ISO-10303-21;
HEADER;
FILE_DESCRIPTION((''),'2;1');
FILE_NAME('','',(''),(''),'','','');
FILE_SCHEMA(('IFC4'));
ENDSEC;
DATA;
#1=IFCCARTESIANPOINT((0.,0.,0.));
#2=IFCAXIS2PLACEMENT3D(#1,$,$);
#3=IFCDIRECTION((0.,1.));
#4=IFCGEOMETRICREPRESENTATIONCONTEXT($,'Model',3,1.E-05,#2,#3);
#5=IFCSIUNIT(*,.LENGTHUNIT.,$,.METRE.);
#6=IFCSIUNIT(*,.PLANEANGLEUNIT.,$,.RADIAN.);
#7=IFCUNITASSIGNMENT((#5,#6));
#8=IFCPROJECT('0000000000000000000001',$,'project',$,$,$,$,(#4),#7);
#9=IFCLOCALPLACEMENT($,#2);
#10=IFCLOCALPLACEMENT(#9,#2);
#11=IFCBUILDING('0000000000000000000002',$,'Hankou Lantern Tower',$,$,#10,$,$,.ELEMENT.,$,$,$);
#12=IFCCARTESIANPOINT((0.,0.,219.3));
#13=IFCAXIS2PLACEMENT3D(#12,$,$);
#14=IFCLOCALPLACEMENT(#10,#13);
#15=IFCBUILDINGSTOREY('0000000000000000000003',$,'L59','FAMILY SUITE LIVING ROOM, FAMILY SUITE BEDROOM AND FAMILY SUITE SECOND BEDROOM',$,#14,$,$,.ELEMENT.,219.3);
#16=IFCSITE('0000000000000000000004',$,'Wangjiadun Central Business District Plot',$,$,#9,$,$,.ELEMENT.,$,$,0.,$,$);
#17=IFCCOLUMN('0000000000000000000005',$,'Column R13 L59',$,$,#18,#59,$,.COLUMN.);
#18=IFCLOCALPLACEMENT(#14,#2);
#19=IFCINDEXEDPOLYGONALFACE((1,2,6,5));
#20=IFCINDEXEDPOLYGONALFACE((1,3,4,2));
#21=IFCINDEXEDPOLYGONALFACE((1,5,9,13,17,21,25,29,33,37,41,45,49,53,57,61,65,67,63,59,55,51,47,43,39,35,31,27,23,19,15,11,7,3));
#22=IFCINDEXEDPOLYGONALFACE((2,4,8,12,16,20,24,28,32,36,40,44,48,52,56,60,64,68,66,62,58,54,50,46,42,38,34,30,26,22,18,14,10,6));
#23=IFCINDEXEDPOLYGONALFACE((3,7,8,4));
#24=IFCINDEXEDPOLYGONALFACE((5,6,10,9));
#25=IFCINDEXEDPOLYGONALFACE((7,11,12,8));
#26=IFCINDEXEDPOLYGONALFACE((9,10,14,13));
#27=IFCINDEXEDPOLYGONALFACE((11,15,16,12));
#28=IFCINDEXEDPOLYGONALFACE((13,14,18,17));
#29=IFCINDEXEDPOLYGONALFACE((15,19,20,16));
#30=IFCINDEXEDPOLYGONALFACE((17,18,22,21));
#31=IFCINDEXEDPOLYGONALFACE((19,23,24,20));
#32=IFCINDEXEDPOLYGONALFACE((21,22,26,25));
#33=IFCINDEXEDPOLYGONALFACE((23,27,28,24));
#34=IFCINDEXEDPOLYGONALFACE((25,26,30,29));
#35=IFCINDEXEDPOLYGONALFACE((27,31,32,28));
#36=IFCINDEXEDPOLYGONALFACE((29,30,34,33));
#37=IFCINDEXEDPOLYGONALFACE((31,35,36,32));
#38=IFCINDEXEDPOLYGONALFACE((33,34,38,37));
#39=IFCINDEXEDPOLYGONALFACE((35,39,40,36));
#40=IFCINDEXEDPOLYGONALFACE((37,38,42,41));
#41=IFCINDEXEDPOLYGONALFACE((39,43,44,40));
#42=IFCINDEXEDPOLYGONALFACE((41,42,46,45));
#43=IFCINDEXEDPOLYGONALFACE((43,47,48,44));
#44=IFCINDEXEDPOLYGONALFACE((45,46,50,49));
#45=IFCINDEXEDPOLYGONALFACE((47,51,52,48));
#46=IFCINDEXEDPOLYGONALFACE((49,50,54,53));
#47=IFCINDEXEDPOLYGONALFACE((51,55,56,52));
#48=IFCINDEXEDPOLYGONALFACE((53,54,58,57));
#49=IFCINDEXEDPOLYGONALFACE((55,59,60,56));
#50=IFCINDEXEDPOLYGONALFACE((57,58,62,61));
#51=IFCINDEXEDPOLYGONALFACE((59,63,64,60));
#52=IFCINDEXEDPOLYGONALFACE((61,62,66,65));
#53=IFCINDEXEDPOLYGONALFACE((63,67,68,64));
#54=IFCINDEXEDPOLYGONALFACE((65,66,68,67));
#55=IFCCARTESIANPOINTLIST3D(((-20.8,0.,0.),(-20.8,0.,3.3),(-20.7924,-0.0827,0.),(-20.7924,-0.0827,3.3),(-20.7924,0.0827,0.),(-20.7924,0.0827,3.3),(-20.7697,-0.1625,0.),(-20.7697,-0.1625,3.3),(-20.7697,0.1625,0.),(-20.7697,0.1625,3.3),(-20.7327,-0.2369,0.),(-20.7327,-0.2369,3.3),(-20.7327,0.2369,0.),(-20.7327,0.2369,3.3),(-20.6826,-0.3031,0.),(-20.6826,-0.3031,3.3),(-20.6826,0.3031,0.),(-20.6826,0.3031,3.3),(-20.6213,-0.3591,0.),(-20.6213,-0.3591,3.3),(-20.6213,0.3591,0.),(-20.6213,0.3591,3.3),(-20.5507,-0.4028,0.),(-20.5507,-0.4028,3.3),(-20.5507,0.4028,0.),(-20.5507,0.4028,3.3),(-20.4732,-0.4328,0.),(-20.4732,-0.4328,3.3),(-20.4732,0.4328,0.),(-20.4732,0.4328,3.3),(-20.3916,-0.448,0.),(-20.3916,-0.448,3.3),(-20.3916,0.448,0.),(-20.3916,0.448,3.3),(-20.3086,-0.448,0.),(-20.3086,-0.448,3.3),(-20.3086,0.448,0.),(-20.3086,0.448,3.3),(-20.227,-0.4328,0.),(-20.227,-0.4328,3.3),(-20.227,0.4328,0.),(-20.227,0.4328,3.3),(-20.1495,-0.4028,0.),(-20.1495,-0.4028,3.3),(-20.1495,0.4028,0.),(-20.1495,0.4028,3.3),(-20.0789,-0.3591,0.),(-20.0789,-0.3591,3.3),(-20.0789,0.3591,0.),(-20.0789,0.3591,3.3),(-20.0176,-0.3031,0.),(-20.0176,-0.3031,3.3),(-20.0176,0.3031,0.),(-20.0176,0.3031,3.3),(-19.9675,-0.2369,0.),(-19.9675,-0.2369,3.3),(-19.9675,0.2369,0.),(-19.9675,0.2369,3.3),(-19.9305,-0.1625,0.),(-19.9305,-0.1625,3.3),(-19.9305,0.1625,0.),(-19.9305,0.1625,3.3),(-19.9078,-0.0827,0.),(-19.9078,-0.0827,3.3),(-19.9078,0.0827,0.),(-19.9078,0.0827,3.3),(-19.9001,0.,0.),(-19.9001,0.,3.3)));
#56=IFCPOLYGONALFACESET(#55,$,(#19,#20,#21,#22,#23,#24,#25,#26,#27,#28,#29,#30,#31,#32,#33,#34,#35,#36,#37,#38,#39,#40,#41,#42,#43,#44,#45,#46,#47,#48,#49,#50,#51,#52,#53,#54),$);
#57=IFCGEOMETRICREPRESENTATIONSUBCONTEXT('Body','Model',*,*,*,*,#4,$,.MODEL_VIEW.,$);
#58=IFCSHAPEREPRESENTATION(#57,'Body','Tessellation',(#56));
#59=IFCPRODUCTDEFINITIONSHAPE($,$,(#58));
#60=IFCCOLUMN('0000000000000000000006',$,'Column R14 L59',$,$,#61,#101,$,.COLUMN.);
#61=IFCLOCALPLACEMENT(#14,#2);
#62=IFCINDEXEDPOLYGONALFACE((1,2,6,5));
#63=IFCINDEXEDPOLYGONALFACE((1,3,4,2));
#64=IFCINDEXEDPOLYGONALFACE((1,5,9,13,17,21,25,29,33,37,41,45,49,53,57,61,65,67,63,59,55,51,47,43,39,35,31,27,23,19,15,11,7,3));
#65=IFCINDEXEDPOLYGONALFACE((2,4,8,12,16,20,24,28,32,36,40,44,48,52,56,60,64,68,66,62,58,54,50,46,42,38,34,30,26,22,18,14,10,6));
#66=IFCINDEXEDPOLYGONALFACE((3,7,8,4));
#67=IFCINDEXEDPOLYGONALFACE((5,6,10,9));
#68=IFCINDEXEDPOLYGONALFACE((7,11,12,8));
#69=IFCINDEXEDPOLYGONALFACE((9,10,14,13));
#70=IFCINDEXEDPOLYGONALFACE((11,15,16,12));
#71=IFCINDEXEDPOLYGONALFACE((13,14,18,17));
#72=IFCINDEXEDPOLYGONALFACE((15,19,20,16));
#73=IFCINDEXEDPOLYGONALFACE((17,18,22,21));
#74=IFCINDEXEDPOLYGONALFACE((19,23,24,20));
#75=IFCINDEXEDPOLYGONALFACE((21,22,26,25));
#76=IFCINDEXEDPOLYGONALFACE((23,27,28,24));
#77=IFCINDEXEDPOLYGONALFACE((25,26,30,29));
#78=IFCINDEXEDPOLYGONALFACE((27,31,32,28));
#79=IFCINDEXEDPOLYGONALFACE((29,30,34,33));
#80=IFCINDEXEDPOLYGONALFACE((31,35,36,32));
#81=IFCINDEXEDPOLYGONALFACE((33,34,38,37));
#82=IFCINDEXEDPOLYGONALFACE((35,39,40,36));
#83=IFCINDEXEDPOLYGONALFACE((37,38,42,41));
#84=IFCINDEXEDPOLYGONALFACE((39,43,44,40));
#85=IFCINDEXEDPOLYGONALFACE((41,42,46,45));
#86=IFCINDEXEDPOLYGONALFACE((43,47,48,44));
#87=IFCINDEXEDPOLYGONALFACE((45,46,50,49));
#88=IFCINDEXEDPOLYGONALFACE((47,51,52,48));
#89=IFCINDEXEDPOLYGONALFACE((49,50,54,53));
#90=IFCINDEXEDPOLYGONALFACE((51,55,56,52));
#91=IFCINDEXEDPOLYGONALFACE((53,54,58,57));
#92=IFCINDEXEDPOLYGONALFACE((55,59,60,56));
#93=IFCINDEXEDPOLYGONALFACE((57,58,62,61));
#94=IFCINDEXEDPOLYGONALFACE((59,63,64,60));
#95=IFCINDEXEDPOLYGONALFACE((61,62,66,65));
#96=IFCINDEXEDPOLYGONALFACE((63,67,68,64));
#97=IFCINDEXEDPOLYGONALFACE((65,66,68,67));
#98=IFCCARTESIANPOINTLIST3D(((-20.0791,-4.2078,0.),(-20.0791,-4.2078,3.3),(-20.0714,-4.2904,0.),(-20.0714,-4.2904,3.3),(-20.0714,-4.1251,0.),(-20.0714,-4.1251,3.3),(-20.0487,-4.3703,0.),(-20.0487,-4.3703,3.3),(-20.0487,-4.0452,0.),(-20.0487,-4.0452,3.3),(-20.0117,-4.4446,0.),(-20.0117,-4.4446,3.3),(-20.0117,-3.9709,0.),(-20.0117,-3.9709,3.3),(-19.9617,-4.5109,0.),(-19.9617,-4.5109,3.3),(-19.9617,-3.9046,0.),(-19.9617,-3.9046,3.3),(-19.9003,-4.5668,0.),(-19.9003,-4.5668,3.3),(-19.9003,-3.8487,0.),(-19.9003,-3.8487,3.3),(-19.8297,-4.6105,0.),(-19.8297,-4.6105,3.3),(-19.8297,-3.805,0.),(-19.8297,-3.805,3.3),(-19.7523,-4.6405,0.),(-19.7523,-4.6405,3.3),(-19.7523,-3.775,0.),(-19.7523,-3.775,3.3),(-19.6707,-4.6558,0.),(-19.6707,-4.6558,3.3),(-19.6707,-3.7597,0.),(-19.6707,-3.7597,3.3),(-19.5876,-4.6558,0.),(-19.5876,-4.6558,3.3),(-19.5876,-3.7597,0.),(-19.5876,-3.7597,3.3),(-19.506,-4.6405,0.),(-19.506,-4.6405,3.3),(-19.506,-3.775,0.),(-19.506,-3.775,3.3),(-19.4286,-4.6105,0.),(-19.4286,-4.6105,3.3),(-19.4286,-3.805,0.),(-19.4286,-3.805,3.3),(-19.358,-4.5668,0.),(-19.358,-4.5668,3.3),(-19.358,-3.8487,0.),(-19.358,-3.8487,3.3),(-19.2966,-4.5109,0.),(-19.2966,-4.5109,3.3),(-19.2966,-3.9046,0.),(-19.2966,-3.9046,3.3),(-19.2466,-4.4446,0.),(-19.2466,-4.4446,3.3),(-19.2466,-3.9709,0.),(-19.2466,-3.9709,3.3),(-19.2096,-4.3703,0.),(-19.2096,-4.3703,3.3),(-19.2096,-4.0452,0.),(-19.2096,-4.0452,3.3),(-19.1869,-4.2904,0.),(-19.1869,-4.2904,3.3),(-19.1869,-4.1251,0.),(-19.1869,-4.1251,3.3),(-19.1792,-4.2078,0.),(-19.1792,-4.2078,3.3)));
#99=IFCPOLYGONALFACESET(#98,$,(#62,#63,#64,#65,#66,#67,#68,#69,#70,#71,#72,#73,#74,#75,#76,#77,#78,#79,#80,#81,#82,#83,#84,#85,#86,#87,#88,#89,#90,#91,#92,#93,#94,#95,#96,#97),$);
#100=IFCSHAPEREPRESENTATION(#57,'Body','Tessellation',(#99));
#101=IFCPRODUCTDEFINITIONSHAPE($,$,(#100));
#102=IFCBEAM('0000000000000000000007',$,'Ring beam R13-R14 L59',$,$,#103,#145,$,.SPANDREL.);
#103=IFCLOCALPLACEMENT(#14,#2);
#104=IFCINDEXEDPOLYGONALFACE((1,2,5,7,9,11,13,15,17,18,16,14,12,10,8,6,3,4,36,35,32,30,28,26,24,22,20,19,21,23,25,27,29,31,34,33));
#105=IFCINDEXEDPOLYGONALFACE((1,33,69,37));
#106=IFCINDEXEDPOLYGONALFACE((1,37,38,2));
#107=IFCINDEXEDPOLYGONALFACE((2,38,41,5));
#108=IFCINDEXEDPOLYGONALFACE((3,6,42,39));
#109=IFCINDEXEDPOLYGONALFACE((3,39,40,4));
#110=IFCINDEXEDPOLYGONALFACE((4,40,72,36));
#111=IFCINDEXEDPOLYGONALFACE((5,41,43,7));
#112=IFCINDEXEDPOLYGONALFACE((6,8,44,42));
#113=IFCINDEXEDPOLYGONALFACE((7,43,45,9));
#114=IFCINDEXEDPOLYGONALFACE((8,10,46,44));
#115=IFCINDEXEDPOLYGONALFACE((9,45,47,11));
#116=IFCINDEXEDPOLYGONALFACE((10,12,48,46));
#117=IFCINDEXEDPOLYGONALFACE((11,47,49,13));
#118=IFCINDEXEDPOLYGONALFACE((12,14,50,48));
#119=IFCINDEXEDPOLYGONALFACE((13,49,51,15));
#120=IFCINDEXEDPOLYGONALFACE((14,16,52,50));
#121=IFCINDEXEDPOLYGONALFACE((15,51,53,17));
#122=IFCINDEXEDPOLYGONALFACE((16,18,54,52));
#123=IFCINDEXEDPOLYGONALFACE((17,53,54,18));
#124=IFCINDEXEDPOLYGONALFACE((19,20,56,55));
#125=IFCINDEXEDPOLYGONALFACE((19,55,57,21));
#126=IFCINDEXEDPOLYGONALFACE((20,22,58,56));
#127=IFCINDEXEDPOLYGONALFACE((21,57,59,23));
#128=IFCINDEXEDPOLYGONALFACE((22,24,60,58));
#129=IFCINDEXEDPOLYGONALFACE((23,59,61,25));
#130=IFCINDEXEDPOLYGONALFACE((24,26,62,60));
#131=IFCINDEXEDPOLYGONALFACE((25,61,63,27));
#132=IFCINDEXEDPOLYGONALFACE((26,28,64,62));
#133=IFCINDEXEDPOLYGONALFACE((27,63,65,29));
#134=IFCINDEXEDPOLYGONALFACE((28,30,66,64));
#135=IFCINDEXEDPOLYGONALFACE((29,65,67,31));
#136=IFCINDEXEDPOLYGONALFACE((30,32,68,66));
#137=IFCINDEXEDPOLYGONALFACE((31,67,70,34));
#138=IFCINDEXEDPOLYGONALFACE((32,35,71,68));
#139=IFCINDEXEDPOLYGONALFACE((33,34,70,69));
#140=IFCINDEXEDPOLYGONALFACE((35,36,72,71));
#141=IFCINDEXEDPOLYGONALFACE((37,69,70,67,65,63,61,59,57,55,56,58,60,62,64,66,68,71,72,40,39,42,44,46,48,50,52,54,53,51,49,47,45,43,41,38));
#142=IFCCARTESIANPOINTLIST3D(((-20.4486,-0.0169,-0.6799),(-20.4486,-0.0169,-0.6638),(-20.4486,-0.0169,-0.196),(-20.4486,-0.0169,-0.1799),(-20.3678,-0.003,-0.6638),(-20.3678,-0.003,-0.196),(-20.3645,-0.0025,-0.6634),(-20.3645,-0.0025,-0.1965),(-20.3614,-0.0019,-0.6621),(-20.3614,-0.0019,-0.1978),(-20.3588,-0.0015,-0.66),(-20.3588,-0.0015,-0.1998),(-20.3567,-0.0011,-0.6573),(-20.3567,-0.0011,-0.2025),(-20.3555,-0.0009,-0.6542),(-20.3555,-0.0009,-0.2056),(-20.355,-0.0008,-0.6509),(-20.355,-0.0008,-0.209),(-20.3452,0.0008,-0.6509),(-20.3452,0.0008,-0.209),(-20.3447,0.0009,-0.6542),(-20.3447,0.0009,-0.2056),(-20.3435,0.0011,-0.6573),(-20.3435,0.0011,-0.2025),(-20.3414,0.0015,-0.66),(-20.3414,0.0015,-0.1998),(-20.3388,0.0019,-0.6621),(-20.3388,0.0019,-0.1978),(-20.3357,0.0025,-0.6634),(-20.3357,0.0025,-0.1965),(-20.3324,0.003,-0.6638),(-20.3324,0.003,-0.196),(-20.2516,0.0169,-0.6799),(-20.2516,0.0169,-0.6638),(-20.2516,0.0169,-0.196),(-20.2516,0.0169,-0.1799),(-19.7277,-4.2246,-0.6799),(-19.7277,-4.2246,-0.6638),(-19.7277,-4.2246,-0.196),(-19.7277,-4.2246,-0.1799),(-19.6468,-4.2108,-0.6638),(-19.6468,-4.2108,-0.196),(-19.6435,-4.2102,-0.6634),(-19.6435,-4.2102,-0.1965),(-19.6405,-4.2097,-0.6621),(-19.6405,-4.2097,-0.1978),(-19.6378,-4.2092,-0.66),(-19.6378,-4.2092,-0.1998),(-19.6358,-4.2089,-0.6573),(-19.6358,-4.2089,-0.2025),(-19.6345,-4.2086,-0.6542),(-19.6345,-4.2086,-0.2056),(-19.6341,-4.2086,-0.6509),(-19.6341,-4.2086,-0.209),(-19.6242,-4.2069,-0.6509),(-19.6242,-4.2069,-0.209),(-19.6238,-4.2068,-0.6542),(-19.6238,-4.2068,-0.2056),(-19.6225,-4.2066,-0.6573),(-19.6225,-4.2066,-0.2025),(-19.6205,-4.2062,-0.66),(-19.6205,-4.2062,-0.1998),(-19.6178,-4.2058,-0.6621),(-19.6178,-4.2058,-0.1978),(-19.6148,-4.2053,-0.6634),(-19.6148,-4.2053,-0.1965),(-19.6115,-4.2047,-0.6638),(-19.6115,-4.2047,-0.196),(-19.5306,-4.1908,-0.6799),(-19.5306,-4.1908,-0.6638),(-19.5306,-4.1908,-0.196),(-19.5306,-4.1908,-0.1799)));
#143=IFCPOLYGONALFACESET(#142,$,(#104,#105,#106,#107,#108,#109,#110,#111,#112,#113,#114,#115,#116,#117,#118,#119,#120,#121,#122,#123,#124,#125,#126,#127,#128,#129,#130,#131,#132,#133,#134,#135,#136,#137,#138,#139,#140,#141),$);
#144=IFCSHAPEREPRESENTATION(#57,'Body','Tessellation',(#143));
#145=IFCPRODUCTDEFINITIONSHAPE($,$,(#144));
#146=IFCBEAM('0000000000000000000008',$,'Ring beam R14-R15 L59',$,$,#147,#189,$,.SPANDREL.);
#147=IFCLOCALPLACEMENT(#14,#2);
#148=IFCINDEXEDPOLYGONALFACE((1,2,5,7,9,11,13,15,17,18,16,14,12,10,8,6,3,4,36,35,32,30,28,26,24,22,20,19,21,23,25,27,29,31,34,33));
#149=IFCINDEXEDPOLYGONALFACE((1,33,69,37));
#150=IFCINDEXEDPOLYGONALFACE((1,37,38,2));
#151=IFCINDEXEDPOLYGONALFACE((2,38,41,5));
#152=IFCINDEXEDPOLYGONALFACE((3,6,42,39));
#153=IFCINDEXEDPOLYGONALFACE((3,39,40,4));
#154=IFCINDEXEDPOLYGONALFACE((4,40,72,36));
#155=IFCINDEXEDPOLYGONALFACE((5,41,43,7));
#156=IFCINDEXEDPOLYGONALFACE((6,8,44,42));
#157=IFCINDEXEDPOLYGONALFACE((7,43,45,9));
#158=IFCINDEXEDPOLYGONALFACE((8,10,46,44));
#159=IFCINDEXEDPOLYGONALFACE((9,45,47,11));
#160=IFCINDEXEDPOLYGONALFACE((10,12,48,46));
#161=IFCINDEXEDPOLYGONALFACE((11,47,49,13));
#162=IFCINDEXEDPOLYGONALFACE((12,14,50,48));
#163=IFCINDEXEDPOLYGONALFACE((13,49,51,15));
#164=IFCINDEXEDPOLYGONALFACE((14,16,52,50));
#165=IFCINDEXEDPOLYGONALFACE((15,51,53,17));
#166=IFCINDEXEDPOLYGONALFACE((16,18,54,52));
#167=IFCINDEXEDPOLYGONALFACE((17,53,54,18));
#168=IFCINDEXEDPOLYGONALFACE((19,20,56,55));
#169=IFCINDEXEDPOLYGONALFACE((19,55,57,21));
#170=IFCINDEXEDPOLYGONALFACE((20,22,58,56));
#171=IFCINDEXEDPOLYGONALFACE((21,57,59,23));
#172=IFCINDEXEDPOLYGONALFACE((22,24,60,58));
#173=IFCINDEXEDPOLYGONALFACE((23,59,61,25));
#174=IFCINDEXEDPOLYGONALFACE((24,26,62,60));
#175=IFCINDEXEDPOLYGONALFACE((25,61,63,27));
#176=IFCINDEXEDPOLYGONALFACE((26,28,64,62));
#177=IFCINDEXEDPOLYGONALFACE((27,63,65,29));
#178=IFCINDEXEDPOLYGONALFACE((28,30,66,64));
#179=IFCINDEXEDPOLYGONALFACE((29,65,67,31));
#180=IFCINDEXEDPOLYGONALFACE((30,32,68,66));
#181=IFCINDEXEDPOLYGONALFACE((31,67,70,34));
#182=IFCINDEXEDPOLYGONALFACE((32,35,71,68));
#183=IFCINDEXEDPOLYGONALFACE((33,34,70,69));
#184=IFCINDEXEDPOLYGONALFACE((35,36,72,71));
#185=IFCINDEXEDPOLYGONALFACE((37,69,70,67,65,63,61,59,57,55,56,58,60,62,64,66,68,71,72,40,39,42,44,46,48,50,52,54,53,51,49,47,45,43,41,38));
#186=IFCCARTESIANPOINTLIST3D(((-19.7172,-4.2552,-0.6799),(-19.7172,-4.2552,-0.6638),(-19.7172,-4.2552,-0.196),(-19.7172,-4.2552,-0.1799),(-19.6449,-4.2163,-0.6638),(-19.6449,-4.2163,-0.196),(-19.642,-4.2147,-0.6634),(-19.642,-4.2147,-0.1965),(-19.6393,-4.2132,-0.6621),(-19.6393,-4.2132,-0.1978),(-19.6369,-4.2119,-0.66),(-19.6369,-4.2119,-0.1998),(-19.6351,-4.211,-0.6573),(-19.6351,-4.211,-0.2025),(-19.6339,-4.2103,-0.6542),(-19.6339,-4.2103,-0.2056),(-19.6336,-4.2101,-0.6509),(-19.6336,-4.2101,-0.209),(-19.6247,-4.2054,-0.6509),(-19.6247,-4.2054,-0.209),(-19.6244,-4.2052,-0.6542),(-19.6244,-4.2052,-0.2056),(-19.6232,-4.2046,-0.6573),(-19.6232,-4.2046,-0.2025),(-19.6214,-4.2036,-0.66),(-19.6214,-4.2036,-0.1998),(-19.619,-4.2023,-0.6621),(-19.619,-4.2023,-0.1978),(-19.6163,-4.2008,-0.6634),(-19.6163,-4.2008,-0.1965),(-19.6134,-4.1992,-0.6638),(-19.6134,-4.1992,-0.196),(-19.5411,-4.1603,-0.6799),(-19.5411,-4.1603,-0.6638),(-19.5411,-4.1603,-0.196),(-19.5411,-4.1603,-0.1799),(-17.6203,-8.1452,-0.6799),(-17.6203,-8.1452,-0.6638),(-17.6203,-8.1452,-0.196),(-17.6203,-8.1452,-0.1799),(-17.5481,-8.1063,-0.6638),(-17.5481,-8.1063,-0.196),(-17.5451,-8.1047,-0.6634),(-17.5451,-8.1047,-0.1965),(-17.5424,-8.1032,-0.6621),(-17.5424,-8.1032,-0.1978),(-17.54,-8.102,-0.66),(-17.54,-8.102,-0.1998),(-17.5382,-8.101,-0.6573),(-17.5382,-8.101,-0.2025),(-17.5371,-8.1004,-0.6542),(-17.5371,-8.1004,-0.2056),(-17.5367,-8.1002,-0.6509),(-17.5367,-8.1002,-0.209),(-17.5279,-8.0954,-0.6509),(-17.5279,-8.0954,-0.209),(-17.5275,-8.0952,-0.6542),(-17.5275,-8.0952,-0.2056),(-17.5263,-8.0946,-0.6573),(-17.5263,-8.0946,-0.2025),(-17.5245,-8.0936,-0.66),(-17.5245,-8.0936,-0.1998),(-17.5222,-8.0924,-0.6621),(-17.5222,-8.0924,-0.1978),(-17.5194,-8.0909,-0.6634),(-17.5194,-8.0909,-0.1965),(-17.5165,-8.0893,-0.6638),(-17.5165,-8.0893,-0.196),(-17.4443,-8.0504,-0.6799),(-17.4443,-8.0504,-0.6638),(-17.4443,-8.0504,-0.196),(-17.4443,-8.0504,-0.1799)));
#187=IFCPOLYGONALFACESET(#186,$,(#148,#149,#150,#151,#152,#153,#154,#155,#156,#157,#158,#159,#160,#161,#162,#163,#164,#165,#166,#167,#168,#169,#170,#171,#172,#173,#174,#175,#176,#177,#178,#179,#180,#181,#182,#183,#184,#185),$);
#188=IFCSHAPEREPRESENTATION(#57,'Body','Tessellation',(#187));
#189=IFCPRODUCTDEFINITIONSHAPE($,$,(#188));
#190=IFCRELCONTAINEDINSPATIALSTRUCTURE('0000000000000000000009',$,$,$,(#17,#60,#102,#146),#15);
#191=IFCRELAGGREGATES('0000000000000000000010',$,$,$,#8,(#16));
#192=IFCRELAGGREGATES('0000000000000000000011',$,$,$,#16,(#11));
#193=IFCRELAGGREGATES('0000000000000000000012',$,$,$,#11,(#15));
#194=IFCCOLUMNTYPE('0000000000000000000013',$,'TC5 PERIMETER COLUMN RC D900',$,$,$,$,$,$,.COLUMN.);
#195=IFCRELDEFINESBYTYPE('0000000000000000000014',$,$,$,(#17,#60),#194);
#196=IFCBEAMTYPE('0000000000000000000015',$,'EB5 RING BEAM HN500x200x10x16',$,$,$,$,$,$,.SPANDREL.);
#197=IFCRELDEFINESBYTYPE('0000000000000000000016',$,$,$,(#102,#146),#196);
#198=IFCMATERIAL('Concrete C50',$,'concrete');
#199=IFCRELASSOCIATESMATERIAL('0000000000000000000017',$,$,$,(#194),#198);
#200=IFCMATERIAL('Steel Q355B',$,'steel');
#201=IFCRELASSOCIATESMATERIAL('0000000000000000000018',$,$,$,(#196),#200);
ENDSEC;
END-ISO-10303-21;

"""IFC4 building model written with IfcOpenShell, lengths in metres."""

from ifc_helpers import new_model, si_unit, direction, frame, origin, origin_2d, place, context, subcontext, project, spatial, circle, i_section, extrude, material, material_profile, profile_set, type_object, element, save


model = new_model("IFC4")

# Units and contexts
model_context = context("Model", 3, precision=1e-05, world=origin(), true_north=direction((0.0, 1.0)))
body_context = subcontext(model_context, "Body", "Model", "MODEL_VIEW")
ifc_project = project(units=[si_unit("LENGTHUNIT", "METRE"), si_unit("PLANEANGLEUNIT", "RADIAN")], contexts=[model_context])

# Site, building, storey
site_placement = place(None, origin())
site = spatial("IfcSite", under=ifc_project, at=site_placement, Name="Wangjiadun Central Business District Plot", CompositionType="ELEMENT", RefElevation=0.0)
building_placement = place(site_placement, origin())
building = spatial("IfcBuilding", under=site, at=building_placement, Name="Hankou Lantern Tower", CompositionType="ELEMENT")
storey_placement = place(building_placement, frame((0.0, 0.0, 219.3)))
storey = spatial("IfcBuildingStorey", under=building, at=storey_placement, Name="L59", Description="FAMILY SUITE LIVING ROOM, FAMILY SUITE BEDROOM AND FAMILY SUITE SECOND BEDROOM", CompositionType="ELEMENT", Elevation=219.3)

# Columns
ifc_material_1 = material(Name="Concrete C50", Category="concrete")
ifc_material_profile_1 = material_profile(ifc_material_1, circle(Radius=0.45, at=origin_2d()), Name="RC D900")
ifc_profile_set_1 = profile_set([ifc_material_profile_1], Name="Concrete C50")
column_type = type_object("IfcColumnType", Name="TC5 PERIMETER COLUMN RC D900", PredefinedType="COLUMN", material=ifc_profile_set_1)
for number, where, z_axis, x_axis, name in (
    (1, (-20.3501, 0.0, 0.0), (0.0, 0.0, 1.0), (1.0, 0.0, 0.0), "Column R13 L59"),
    (2, (-19.6292, -4.2078, 0.0), (0.0, 0.0, 1.0), (1.0, 0.0, 0.0), "Column R14 L59"),
):
    element("IfcColumn", number, at=place(storey_placement, frame(where, z_axis=z_axis, x_axis=x_axis)), inside=storey, type_object=column_type, Name=name, PredefinedType="COLUMN", context=body_context, shape_type="SweptSolid", body=[
        extrude(circle(Radius=0.45, at=origin_2d()), origin(), (0.0, 0.0, 1.0), 3.3),
    ])

# Beams
ifc_material_2 = material(Name="Steel Q355B", Category="steel")
ifc_material_profile_2 = material_profile(ifc_material_2, i_section(OverallWidth=0.2, OverallDepth=0.5, WebThickness=0.01, FlangeThickness=0.0161, FilletRadius=0.0129, at=origin_2d()), Name="HN500x200x10x16")
ifc_profile_set_2 = profile_set([ifc_material_profile_2], Name="Steel Q355B")
beam_type_1 = type_object("IfcBeamType", Name="EB5 RING BEAM HN500x200x10x16", PredefinedType="SPANDREL", material=ifc_profile_set_2)
beam_1_placement = place(storey_placement, frame((-20.3501, 0.0, -0.4299), z_axis=(0.168877, -0.985637, 0.0), x_axis=(0.985637, 0.168877, 0.0)))
element("IfcBeam", 3, at=beam_1_placement, inside=storey, type_object=beam_type_1, Name="Ring beam R13-R14 L59", PredefinedType="SPANDREL", context=body_context, shape_type="SweptSolid", body=[
    extrude(i_section(OverallWidth=0.2, OverallDepth=0.5, WebThickness=0.01, FlangeThickness=0.0161, FilletRadius=0.0129, at=origin_2d()), origin(), (0.0, 0.0, 1.0), 4.269),
])
beam_2_placement = place(storey_placement, frame((-19.6292, -4.2078, -0.4299), z_axis=(0.474492, -0.88026, 0.0), x_axis=(0.88026, 0.474492, 0.0)))
element("IfcBeam", 4, at=beam_2_placement, inside=storey, type_object=beam_type_1, Name="Ring beam R14-R15 L59", PredefinedType="SPANDREL", context=body_context, shape_type="SweptSolid", body=[
    extrude(i_section(OverallWidth=0.2, OverallDepth=0.5, WebThickness=0.01, FlangeThickness=0.0161, FilletRadius=0.0129, at=origin_2d()), origin(), (0.0, 0.0, 1.0), 4.4192),
])

save(model, "model.ifc")
